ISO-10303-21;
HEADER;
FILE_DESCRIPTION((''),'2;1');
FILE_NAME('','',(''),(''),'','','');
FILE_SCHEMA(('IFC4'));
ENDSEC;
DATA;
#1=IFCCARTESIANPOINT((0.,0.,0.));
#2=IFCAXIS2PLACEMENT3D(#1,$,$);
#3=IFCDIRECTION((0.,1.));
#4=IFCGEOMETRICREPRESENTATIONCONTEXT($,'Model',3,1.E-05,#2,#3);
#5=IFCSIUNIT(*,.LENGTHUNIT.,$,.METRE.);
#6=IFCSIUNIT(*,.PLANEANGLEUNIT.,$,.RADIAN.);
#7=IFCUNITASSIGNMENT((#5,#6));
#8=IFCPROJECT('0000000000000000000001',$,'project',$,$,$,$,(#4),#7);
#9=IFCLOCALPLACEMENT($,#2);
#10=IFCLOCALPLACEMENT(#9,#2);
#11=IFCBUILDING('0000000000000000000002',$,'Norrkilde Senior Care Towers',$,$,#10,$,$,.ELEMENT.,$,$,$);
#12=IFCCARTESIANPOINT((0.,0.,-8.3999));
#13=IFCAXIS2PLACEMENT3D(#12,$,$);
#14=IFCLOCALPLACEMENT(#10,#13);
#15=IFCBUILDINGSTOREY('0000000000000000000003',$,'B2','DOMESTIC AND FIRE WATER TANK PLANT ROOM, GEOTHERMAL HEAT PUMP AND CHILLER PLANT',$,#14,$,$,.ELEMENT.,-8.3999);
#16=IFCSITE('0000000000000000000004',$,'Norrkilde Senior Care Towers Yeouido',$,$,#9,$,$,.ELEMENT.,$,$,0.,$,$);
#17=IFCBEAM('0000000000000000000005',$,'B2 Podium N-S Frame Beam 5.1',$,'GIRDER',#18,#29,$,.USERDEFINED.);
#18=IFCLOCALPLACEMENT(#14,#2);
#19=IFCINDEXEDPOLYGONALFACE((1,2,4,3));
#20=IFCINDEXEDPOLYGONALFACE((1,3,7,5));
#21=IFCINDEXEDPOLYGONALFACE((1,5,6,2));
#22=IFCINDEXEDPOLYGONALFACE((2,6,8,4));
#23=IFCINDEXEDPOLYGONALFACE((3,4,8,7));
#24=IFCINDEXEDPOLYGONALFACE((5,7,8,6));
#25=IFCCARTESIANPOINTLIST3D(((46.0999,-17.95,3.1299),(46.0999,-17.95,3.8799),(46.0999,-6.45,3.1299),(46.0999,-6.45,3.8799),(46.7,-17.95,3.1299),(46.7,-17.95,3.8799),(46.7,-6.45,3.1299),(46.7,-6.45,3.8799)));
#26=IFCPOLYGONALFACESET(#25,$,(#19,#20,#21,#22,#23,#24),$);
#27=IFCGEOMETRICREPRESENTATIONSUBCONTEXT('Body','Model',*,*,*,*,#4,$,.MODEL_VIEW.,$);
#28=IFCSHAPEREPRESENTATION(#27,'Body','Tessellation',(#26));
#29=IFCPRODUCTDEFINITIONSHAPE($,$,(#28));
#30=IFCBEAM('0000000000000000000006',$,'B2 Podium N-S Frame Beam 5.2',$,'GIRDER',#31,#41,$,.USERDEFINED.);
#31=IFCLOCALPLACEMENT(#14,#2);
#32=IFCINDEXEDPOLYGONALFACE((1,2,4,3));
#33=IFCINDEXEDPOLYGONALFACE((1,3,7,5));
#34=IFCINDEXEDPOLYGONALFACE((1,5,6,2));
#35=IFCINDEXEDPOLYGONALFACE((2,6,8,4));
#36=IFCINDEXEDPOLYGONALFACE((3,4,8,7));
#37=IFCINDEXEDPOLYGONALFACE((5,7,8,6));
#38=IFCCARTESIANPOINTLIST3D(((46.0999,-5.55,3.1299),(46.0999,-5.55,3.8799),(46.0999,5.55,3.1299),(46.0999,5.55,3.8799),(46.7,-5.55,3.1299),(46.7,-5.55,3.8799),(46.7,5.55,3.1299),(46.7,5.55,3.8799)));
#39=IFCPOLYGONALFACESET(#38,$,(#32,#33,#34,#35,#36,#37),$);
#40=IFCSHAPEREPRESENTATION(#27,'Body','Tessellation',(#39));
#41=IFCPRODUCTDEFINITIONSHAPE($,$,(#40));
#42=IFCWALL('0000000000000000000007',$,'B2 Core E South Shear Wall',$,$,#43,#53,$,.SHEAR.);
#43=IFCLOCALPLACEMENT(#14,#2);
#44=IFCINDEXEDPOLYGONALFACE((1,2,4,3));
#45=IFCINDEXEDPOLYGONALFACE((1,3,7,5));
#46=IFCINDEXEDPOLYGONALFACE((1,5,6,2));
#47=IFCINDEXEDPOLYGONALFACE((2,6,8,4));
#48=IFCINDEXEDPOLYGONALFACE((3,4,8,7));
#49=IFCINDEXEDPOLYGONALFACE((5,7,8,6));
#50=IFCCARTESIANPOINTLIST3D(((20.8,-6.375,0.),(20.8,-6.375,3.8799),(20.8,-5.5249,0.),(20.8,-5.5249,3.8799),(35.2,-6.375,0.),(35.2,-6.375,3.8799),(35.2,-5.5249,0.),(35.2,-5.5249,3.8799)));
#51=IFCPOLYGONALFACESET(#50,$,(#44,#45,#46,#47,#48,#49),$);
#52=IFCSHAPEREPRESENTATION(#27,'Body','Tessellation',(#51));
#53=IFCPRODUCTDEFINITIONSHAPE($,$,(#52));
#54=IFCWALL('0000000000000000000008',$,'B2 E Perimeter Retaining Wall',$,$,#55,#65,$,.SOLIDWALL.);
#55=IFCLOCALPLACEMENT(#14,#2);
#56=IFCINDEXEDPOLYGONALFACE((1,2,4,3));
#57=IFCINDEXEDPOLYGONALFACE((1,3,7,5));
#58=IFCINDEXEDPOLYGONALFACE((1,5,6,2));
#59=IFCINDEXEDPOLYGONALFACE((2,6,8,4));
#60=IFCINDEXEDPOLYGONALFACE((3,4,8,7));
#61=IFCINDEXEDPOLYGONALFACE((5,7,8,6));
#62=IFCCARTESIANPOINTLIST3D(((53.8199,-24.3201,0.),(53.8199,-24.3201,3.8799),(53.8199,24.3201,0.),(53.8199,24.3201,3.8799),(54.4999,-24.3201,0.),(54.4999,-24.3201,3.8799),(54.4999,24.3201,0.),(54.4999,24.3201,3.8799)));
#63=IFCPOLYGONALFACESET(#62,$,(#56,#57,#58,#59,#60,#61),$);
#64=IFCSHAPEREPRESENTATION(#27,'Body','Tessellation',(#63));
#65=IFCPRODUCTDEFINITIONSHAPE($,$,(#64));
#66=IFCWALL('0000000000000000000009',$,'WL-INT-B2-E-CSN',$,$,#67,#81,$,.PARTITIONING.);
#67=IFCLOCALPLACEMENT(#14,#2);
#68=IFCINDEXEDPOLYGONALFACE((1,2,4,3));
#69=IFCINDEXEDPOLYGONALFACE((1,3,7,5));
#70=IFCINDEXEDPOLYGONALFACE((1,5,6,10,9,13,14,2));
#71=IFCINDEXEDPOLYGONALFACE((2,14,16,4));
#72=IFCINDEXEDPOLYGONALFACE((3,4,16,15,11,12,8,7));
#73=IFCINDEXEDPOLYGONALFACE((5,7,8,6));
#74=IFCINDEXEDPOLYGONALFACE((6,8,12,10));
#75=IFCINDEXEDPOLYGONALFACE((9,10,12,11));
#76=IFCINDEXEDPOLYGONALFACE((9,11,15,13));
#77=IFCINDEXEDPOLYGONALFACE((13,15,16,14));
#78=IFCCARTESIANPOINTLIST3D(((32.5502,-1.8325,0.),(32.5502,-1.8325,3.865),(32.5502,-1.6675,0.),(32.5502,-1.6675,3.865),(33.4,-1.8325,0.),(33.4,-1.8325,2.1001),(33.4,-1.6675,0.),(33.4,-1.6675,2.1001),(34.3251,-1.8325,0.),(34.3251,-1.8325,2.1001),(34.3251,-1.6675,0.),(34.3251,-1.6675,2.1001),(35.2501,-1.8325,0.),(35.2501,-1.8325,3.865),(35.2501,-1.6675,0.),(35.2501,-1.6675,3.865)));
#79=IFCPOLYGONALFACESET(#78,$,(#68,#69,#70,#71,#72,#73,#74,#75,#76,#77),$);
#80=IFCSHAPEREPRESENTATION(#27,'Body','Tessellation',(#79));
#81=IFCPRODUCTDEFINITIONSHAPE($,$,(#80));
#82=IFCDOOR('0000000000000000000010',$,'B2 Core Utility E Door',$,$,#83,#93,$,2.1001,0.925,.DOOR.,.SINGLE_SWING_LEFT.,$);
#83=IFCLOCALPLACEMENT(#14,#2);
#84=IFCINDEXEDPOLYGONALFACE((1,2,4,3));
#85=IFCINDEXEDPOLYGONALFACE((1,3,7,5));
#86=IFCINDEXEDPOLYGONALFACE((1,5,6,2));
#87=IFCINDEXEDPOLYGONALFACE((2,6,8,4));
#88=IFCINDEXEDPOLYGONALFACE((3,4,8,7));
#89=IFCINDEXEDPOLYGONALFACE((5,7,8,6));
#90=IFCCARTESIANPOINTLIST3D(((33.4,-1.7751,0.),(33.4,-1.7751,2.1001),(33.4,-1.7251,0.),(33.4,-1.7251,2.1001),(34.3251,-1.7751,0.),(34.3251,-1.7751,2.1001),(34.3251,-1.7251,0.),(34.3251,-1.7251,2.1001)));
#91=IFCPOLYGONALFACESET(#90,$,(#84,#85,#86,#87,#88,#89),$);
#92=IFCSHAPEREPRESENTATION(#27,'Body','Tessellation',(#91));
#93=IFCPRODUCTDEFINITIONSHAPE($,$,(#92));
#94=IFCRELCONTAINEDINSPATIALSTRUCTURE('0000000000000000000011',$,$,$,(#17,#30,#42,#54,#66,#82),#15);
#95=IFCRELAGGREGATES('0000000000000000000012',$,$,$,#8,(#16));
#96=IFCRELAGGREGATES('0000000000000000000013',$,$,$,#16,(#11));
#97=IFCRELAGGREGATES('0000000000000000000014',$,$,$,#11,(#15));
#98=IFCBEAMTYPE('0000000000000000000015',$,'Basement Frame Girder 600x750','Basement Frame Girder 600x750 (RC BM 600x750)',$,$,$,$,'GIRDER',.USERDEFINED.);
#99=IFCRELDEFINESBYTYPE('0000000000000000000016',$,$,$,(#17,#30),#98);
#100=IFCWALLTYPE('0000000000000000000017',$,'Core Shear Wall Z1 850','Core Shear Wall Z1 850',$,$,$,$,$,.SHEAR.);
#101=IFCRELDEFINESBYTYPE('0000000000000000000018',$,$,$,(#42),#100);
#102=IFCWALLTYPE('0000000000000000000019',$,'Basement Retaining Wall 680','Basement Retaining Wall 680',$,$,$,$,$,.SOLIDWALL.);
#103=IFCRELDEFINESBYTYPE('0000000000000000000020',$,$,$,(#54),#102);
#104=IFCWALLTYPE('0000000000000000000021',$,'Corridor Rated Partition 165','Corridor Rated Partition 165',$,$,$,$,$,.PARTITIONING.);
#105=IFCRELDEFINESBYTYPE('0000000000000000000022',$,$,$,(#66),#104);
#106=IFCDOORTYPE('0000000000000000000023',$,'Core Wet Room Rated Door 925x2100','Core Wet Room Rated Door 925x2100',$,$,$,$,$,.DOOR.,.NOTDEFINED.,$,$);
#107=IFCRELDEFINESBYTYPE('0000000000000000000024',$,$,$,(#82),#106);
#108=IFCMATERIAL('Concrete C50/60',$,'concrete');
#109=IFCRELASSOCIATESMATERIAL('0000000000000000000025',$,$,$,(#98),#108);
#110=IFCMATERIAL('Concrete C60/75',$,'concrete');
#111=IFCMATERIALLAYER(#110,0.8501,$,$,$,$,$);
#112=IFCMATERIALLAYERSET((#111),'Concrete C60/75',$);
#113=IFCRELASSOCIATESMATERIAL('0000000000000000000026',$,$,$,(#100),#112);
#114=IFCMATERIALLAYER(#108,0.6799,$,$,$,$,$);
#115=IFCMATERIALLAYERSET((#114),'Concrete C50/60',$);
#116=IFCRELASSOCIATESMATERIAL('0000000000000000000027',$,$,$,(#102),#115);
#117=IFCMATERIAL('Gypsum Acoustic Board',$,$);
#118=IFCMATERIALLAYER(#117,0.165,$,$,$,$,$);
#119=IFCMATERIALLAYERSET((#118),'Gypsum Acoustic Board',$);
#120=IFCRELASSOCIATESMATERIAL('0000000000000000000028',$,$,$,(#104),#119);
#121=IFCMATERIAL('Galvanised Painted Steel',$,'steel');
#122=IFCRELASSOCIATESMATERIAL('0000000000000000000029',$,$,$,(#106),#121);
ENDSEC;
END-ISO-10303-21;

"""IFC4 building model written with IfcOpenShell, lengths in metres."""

from ifc_helpers import new_model, si_unit, direction, frame, frame_2d, origin, origin_2d, place, context, subcontext, project, spatial, rectangle, extrude, source, transform, mapped, material, layer, layer_set, material_profile, profile_set, type_object, type_shapes, element, fill, save


model = new_model("IFC4")

# Units and contexts
model_context = context("Model", 3, precision=1e-05, world=origin(), true_north=direction((0.0, 1.0)))
body_context = subcontext(model_context, "Body", "Model", "MODEL_VIEW")
ifc_project = project(units=[si_unit("LENGTHUNIT", "METRE"), si_unit("PLANEANGLEUNIT", "RADIAN")], contexts=[model_context])

# Site, building, storey
site_placement = place(None, origin())
site = spatial("IfcSite", under=ifc_project, at=site_placement, Name="Norrkilde Senior Care Towers Yeouido", CompositionType="ELEMENT", RefElevation=0.0)
building_placement = place(site_placement, origin())
building = spatial("IfcBuilding", under=site, at=building_placement, Name="Norrkilde Senior Care Towers", CompositionType="ELEMENT")
storey_placement = place(building_placement, frame((0.0, 0.0, -8.3999)))
storey = spatial("IfcBuildingStorey", under=building, at=storey_placement, Name="B2", Description="DOMESTIC AND FIRE WATER TANK PLANT ROOM, GEOTHERMAL HEAT PUMP AND CHILLER PLANT", CompositionType="ELEMENT", Elevation=-8.3999)

# Shared definitions
ifc_material_1 = material(Name="Concrete C60/75", Category="concrete")

# Beams
ifc_material_2 = material(Name="Concrete C50/60", Category="concrete")
ifc_material_profile_1 = material_profile(ifc_material_2, rectangle(XDim=0.6001, YDim=0.75, at=origin_2d()), Name="RC BM 600x750")
ifc_profile_set_1 = profile_set([ifc_material_profile_1], Name="Concrete C50/60")
beam_type_1 = type_object("IfcBeamType", Name="Basement Frame Girder 600x750", Description="Basement Frame Girder 600x750 (RC BM 600x750)", ElementType="GIRDER", PredefinedType="USERDEFINED", material=ifc_profile_set_1)
shared_shape_1 = source(origin(), body_context, "Body", "SweptSolid", [
    extrude(rectangle(XDim=0.6001, YDim=0.75, at=origin_2d()), origin(), (0.0, 0.0, 1.0), 11.5),
])
beam_1_placement = place(storey_placement, frame((46.3999, -17.95, 3.5049), z_axis=(0.0, 1.0, 0.0), x_axis=(-1.0, 0.0, 0.0)))
element("IfcBeam", 1, at=beam_1_placement, inside=storey, type_object=beam_type_1, Name="B2 Podium N-S Frame Beam 5.1", ObjectType="GIRDER", PredefinedType="USERDEFINED", context=body_context, shape_type="MappedRepresentation", body=[
    mapped(shared_shape_1, transform((0.0, 0.0, 0.0), x_axis=(1.0, 0.0, 0.0), y_axis=(0.0, 1.0, 0.0), z_axis=(0.0, 0.0, 1.0), scale=1.0)),
])
shared_shape_2 = source(origin(), body_context, "Body", "SweptSolid", [
    extrude(rectangle(XDim=0.6001, YDim=0.75, at=origin_2d()), origin(), (0.0, 0.0, 1.0), 11.1001),
])
beam_2_placement = place(storey_placement, frame((46.3999, -5.55, 3.5049), z_axis=(0.0, 1.0, 0.0), x_axis=(-1.0, 0.0, 0.0)))
element("IfcBeam", 2, at=beam_2_placement, inside=storey, type_object=beam_type_1, Name="B2 Podium N-S Frame Beam 5.2", ObjectType="GIRDER", PredefinedType="USERDEFINED", context=body_context, shape_type="MappedRepresentation", body=[
    mapped(shared_shape_2, transform((0.0, 0.0, 0.0), x_axis=(1.0, 0.0, 0.0), y_axis=(0.0, 1.0, 0.0), z_axis=(0.0, 0.0, 1.0), scale=1.0)),
])

# Walls
ifc_layer_1 = layer(ifc_material_1, 0.8501)
ifc_layer_set_1 = layer_set([ifc_layer_1], Name="Concrete C60/75")
wall_type_1 = type_object("IfcWallType", Name="Core Shear Wall Z1 850", Description="Core Shear Wall Z1 850", PredefinedType="SHEAR", material=ifc_layer_set_1)
shared_shape_3 = source(origin(), body_context, "Body", "SweptSolid", [
    extrude(rectangle(XDim=14.3999, YDim=0.8501, at=frame_2d((7.2, 0.0))), origin(), (0.0, 0.0, 1.0), 3.8799),
])
type_shapes(wall_type_1, [shared_shape_3])
wall_1_placement = place(storey_placement, frame((35.2, -5.95, 0.0), z_axis=(0.0, 0.0, 1.0), x_axis=(-1.0, 0.0, 0.0)))
element("IfcWall", 3, at=wall_1_placement, inside=storey, type_object=wall_type_1, Name="B2 Core E South Shear Wall", PredefinedType="SHEAR", context=body_context, shape_type="MappedRepresentation", body=[
    mapped(shared_shape_3, transform((0.0, 0.0, 0.0), x_axis=(1.0, 0.0, 0.0), y_axis=(0.0, 1.0, 0.0), z_axis=(0.0, 0.0, 1.0), scale=1.0)),
])
ifc_layer_2 = layer(ifc_material_2, 0.6799)
ifc_layer_set_2 = layer_set([ifc_layer_2], Name="Concrete C50/60")
wall_type_2 = type_object("IfcWallType", Name="Basement Retaining Wall 680", Description="Basement Retaining Wall 680", PredefinedType="SOLIDWALL", material=ifc_layer_set_2)
shared_shape_4 = source(origin(), body_context, "Body", "SweptSolid", [
    extrude(rectangle(XDim=48.6401, YDim=0.6799, at=frame_2d((24.3201, 0.0))), origin(), (0.0, 0.0, 1.0), 3.8799),
])
type_shapes(wall_type_2, [shared_shape_4])
wall_2_placement = place(storey_placement, frame((54.1599, -24.3201, 0.0), z_axis=(0.0, 0.0, 1.0), x_axis=(0.0, 1.0, 0.0)))
element("IfcWall", 4, at=wall_2_placement, inside=storey, type_object=wall_type_2, Name="B2 E Perimeter Retaining Wall", PredefinedType="SOLIDWALL", context=body_context, shape_type="MappedRepresentation", body=[
    mapped(shared_shape_4, transform((0.0, 0.0, 0.0), x_axis=(1.0, 0.0, 0.0), y_axis=(0.0, 1.0, 0.0), z_axis=(0.0, 0.0, 1.0), scale=1.0)),
])

# Wall, opening, door
ifc_material_3 = material(Name="Gypsum Acoustic Board")
ifc_layer_3 = layer(ifc_material_3, 0.165)
ifc_layer_set_3 = layer_set([ifc_layer_3], Name="Gypsum Acoustic Board")
wall_type_3 = type_object("IfcWallType", Name="Corridor Rated Partition 165", Description="Corridor Rated Partition 165", PredefinedType="PARTITIONING", material=ifc_layer_set_3)
shared_shape_5 = source(origin(), body_context, "Body", "SweptSolid", [
    extrude(rectangle(XDim=2.7, YDim=0.165, at=frame_2d((1.3501, 0.0))), origin(), (0.0, 0.0, 1.0), 3.865),
])
type_shapes(wall_type_3, [shared_shape_5])
wall_3_placement = place(storey_placement, frame((32.55, -1.75, 0.0), z_axis=(0.0, 0.0, 1.0), x_axis=(1.0, 0.0, 0.0)))
wall_3 = element("IfcWall", 5, at=wall_3_placement, inside=storey, type_object=wall_type_3, Name="WL-INT-B2-E-CSN", PredefinedType="PARTITIONING", context=body_context, shape_type="MappedRepresentation", body=[
    mapped(shared_shape_5, transform((0.0, 0.0, 0.0), x_axis=(1.0, 0.0, 0.0), y_axis=(0.0, 1.0, 0.0), z_axis=(0.0, 0.0, 1.0), scale=1.0)),
])
opening_placement = place(wall_3_placement, frame((0.8501, 0.0, 0.0)))
opening = element("IfcOpeningElement", 6, at=opening_placement, cuts=wall_3, PredefinedType="OPENING", context=body_context, shape_type="SweptSolid", body=[
    extrude(rectangle(XDim=0.925, YDim=2.1001, at=frame_2d((0.4624, 1.05))), frame((0.0, 0.0925, 0.0), z_axis=(0.0, -1.0, 0.0), x_axis=(1.0, 0.0, 0.0)), (0.0, 0.0, 1.0), 0.1851),
])
ifc_material_4 = material(Name="Galvanised Painted Steel", Category="steel")
door_type = type_object("IfcDoorType", Name="Core Wet Room Rated Door 925x2100", Description="Core Wet Room Rated Door 925x2100", OperationType="NOTDEFINED", PredefinedType="DOOR", material=ifc_material_4)
shared_shape_6 = source(origin(), body_context, "Body", "SweptSolid", [
    extrude(rectangle(XDim=0.925, YDim=2.1001, at=frame_2d((0.4624, 1.05))), frame((0.0, 0.0249, 0.0), z_axis=(0.0, -1.0, 0.0), x_axis=(1.0, 0.0, 0.0)), (0.0, 0.0, 1.0), 0.05),
])
type_shapes(door_type, [shared_shape_6])
door_placement = place(opening_placement, origin())
door = element("IfcDoor", 7, at=door_placement, inside=storey, type_object=door_type, Name="B2 Core Utility E Door", OperationType="SINGLE_SWING_LEFT", OverallHeight=2.1001, OverallWidth=0.925, PredefinedType="DOOR", context=body_context, shape_type="MappedRepresentation", body=[
    mapped(shared_shape_6, transform((0.0, 0.0, 0.0), x_axis=(1.0, 0.0, 0.0), y_axis=(0.0, 1.0, 0.0), z_axis=(0.0, 0.0, 1.0), scale=1.0)),
])
fill(opening, door)

save(model, "model.ifc")
